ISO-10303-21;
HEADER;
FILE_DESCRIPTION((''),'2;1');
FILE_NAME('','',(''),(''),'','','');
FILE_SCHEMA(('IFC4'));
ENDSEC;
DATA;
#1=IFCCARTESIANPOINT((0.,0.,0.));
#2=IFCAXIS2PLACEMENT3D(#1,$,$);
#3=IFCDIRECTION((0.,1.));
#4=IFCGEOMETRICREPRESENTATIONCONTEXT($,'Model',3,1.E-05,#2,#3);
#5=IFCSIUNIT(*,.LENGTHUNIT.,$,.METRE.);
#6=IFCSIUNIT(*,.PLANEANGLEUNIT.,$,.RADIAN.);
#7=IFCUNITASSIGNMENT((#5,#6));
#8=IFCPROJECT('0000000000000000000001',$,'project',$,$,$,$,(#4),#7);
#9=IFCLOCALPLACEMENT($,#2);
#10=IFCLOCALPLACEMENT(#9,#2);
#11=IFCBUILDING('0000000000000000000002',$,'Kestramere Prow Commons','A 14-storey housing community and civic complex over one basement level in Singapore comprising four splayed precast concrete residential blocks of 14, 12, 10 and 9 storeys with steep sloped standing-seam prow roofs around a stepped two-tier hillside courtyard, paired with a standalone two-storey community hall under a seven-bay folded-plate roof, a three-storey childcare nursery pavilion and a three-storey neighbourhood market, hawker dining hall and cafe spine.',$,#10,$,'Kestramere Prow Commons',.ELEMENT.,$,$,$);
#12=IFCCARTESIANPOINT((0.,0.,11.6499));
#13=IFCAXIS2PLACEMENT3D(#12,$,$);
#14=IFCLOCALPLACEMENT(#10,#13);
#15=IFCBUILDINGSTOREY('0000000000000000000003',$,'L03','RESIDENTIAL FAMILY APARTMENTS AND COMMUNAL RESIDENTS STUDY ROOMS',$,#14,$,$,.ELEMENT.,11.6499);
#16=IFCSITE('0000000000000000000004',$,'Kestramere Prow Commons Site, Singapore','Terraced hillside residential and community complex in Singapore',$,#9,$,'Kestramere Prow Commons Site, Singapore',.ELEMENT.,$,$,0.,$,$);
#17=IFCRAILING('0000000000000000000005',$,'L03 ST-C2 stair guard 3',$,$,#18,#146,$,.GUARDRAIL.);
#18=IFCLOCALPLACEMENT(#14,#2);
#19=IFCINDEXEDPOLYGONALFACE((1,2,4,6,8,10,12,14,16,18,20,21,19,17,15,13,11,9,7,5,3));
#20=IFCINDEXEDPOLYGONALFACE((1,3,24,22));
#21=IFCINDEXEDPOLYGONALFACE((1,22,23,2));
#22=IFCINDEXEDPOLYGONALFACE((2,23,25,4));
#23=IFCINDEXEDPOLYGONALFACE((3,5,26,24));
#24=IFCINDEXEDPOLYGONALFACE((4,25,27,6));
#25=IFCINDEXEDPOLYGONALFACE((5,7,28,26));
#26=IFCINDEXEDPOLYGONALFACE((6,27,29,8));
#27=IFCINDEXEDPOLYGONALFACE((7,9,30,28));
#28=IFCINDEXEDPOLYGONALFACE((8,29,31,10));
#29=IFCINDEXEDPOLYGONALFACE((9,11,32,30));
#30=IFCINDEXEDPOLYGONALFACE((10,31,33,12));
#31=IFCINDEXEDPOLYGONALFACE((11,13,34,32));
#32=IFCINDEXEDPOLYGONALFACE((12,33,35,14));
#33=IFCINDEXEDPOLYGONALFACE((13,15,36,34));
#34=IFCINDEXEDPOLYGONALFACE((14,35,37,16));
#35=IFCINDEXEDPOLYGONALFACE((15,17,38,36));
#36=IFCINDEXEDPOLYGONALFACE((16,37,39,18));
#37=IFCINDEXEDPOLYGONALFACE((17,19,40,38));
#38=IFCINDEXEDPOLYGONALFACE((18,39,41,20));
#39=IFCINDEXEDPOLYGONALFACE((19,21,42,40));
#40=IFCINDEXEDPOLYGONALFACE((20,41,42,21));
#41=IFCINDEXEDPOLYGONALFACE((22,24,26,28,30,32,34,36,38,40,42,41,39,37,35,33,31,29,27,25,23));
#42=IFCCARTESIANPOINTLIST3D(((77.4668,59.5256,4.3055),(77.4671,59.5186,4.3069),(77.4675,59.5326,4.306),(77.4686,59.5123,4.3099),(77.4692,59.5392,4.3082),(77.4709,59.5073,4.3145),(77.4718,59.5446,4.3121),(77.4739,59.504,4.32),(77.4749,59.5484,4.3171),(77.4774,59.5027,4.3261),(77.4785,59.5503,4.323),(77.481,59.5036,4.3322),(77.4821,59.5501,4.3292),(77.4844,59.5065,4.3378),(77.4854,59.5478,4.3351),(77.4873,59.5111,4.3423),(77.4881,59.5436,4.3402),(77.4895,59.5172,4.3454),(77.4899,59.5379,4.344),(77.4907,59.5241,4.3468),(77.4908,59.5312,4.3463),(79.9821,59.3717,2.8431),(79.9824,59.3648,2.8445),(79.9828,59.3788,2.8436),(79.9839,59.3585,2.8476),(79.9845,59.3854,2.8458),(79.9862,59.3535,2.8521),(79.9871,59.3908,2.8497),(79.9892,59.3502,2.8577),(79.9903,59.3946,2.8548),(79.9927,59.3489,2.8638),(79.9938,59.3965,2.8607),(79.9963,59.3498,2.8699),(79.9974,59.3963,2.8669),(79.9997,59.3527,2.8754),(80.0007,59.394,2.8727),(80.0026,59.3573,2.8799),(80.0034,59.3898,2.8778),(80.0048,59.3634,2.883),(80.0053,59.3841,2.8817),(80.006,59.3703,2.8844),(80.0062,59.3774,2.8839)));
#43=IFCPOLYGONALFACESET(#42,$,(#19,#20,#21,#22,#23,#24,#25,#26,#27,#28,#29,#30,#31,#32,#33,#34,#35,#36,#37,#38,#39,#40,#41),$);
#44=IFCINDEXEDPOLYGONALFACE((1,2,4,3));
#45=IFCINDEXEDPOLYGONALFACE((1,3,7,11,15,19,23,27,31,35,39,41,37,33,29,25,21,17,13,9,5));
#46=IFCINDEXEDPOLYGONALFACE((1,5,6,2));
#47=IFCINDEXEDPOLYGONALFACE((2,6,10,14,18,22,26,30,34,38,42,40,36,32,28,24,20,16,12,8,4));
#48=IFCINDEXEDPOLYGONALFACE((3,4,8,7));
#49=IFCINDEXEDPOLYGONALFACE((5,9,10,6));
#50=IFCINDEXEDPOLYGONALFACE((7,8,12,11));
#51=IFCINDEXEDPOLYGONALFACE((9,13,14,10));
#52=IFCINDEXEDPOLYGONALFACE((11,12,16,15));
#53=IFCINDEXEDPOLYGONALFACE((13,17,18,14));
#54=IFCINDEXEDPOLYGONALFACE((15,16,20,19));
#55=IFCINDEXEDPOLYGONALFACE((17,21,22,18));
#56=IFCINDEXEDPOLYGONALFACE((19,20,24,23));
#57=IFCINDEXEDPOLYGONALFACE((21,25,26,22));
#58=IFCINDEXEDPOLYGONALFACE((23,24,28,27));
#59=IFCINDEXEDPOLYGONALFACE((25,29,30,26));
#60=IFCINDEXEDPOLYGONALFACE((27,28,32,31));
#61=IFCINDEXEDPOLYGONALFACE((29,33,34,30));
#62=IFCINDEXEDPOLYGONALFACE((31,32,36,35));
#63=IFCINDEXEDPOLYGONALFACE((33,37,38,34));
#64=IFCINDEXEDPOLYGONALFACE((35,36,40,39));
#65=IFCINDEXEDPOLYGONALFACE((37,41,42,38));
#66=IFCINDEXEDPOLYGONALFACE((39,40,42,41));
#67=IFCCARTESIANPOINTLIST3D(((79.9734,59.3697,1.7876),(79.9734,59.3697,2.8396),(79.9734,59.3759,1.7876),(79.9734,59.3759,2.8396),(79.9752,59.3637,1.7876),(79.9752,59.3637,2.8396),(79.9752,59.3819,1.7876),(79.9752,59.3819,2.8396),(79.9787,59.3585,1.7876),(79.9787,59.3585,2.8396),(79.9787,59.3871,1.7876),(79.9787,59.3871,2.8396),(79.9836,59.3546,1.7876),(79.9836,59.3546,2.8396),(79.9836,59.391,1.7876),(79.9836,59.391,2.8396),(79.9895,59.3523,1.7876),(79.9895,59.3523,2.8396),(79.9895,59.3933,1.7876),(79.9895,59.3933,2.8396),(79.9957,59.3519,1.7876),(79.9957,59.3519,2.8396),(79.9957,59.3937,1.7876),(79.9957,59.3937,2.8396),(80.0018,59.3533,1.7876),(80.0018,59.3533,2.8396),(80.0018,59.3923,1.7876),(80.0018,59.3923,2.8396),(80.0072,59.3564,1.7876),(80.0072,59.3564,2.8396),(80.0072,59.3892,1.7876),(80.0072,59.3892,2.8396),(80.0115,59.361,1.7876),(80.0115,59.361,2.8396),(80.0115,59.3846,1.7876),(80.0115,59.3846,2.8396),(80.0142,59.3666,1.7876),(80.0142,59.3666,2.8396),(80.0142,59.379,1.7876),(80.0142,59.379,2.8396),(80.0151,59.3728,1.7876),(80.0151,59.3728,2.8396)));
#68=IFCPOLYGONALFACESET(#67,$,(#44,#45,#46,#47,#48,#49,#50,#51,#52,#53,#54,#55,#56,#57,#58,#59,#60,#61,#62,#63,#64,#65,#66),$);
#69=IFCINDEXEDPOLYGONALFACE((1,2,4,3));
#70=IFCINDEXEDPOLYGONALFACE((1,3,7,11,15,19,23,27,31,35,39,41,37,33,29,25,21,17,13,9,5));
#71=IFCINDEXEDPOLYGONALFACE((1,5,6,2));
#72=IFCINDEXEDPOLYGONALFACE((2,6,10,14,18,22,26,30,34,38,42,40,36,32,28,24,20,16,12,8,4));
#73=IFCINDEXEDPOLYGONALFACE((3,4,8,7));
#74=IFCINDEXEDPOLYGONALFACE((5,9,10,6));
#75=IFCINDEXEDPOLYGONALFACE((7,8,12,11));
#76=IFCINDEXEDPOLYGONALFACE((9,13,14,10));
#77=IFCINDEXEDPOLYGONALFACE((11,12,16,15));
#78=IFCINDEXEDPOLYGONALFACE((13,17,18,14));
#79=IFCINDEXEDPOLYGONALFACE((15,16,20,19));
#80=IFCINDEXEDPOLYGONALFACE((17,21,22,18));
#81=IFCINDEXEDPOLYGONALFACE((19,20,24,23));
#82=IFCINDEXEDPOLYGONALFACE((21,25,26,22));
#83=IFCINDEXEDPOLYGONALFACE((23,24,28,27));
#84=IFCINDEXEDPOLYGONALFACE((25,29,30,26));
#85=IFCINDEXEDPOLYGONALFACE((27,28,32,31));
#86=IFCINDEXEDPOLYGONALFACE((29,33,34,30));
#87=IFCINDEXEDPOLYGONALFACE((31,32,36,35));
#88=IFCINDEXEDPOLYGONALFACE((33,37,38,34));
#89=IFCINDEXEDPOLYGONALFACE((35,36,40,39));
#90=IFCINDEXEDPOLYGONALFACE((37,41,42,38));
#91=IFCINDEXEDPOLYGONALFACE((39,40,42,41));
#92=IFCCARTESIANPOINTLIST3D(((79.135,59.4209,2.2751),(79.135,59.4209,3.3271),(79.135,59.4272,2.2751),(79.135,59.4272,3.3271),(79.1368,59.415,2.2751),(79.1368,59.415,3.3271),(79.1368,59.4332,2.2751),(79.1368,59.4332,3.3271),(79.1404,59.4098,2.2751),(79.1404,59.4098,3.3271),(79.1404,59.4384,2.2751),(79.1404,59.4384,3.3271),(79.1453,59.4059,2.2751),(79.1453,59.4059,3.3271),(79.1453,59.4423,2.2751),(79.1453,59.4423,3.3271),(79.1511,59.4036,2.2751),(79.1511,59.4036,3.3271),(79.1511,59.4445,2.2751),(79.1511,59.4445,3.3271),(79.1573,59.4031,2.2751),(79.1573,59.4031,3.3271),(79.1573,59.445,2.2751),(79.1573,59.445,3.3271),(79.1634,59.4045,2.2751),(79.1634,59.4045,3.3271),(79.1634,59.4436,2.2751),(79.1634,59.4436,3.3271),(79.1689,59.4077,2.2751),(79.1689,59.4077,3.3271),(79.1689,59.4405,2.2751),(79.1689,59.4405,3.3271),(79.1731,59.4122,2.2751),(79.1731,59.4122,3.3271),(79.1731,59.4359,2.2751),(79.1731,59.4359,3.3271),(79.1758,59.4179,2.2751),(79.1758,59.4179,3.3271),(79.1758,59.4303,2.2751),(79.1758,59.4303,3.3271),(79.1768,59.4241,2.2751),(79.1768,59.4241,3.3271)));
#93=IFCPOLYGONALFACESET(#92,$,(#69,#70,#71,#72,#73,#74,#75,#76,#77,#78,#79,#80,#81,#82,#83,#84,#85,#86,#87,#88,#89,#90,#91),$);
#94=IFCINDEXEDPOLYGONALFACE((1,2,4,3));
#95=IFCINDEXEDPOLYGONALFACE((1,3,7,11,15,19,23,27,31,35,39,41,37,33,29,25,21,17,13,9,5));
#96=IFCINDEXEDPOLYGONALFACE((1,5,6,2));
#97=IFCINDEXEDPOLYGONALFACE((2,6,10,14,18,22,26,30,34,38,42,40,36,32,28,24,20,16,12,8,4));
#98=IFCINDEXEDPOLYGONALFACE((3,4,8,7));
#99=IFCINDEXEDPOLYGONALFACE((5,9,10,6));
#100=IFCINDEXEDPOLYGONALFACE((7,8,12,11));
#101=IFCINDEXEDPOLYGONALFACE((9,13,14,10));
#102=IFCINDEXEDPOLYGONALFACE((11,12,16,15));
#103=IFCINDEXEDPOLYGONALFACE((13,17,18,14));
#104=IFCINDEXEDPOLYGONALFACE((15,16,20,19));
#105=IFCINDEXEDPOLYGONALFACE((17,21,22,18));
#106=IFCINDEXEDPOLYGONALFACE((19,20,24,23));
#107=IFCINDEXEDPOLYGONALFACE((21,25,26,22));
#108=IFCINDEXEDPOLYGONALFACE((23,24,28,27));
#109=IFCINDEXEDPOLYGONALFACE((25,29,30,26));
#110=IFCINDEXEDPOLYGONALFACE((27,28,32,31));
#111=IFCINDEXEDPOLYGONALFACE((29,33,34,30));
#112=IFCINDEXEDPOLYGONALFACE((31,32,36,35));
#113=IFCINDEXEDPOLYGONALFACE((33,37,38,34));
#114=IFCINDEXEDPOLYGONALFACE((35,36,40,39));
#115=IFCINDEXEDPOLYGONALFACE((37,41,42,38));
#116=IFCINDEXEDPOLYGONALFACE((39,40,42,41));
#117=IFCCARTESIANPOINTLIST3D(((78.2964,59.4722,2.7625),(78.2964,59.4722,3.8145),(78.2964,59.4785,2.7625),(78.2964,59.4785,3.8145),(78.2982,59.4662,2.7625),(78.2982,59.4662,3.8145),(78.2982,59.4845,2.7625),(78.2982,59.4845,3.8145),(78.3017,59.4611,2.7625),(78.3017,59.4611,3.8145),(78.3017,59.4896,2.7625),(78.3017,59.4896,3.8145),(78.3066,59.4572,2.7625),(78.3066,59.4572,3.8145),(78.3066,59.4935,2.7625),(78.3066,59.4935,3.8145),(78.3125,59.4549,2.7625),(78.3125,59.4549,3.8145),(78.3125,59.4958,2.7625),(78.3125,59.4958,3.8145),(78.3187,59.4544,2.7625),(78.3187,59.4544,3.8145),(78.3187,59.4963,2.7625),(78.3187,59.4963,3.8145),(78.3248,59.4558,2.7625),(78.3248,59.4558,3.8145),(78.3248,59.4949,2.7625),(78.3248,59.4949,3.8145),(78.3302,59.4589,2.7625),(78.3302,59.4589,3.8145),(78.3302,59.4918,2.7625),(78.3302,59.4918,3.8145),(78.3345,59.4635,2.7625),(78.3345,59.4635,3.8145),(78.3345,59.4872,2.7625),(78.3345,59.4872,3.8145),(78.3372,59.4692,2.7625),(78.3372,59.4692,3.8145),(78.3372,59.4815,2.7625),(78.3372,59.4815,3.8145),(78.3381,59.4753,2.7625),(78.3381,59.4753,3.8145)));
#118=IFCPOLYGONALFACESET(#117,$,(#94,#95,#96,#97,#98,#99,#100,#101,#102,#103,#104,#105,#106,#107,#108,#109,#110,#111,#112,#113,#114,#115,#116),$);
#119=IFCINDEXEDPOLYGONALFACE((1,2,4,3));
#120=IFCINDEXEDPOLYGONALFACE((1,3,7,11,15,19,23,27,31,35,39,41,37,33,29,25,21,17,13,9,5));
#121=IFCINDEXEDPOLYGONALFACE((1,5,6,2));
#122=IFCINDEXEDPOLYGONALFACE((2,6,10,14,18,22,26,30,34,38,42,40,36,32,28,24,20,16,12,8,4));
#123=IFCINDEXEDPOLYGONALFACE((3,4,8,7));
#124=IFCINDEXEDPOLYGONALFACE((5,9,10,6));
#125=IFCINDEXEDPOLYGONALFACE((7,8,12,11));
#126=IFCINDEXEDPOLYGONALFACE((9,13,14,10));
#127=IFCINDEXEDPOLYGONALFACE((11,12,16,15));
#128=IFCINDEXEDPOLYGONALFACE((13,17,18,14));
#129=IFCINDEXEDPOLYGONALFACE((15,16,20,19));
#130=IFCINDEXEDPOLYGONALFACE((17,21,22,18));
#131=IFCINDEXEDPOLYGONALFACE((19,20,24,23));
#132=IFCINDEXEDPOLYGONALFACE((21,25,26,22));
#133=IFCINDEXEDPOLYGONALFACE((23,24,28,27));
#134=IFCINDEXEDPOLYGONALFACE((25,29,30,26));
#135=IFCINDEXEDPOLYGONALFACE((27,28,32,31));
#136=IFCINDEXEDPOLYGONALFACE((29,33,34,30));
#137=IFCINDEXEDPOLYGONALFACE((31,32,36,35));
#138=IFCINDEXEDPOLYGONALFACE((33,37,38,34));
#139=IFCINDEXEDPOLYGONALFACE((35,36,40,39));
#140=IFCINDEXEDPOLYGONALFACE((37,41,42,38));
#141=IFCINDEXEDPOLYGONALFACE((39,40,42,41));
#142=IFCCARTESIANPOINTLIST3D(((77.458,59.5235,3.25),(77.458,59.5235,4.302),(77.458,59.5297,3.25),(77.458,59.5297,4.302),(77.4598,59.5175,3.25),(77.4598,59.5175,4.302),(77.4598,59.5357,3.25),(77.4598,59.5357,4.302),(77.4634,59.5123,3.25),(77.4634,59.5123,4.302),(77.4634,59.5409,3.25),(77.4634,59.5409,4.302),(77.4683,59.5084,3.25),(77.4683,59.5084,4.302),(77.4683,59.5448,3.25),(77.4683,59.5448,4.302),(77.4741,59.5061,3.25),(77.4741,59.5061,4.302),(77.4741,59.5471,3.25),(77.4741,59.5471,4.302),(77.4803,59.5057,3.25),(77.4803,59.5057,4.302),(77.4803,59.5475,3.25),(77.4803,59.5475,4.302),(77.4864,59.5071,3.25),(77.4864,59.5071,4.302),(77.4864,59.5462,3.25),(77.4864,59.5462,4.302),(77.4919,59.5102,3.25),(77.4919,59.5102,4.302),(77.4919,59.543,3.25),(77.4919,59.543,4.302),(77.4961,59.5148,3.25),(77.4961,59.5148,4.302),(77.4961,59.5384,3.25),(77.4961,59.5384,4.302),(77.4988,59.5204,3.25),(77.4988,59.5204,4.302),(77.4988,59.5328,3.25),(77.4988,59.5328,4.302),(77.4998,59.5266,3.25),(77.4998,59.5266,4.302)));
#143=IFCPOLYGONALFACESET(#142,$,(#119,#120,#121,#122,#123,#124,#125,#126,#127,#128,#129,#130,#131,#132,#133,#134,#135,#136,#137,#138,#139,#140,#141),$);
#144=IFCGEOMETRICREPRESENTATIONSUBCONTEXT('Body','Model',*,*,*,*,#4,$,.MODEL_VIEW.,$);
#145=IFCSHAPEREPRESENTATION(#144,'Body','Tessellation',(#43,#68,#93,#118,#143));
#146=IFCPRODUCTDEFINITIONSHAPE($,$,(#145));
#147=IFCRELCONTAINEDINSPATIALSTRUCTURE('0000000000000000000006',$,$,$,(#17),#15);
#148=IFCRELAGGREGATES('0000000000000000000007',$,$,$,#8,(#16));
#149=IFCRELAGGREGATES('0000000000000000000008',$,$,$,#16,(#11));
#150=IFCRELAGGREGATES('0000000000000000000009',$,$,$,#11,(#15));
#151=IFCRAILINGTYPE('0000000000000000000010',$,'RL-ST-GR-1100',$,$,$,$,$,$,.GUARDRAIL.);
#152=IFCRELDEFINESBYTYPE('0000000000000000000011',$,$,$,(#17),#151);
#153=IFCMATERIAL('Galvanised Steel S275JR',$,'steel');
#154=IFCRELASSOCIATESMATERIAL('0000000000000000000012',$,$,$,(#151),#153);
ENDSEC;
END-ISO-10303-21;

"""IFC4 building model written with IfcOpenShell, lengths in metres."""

from ifc_helpers import new_model, si_unit, direction, frame, origin, origin_2d, place, context, subcontext, project, spatial, circle, extrude, material, type_object, element, save


model = new_model("IFC4")

# Units and contexts
model_context = context("Model", 3, precision=1e-05, world=origin(), true_north=direction((0.0, 1.0)))
body_context = subcontext(model_context, "Body", "Model", "MODEL_VIEW")
ifc_project = project(units=[si_unit("LENGTHUNIT", "METRE"), si_unit("PLANEANGLEUNIT", "RADIAN")], contexts=[model_context])

# Site, building, storey
site_placement = place(None, origin())
site = spatial("IfcSite", under=ifc_project, at=site_placement, Name="Kestramere Prow Commons Site, Singapore", Description="Terraced hillside residential and community complex in Singapore", LongName="Kestramere Prow Commons Site, Singapore", CompositionType="ELEMENT", RefElevation=0.0)
building_placement = place(site_placement, origin())
building = spatial("IfcBuilding", under=site, at=building_placement, Name="Kestramere Prow Commons", Description="A 14-storey housing community and civic complex over one basement level in Singapore comprising four splayed precast concrete residential blocks of 14, 12, 10 and 9 storeys with steep sloped standing-seam prow roofs around a stepped two-tier hillside courtyard, paired with a standalone two-storey community hall under a seven-bay folded-plate roof, a three-storey childcare nursery pavilion and a three-storey neighbourhood market, hawker dining hall and cafe spine.", LongName="Kestramere Prow Commons", CompositionType="ELEMENT")
storey_placement = place(building_placement, frame((0.0, 0.0, 11.6499)))
storey = spatial("IfcBuildingStorey", under=building, at=storey_placement, Name="L03", Description="RESIDENTIAL FAMILY APARTMENTS AND COMMUNAL RESIDENTS STUDY ROOMS", CompositionType="ELEMENT", Elevation=11.6499)

# Railing
ifc_material_1 = material(Name="Galvanised Steel S275JR", Category="steel")
railing_type_1 = type_object("IfcRailingType", Name="RL-ST-GR-1100", PredefinedType="GUARDRAIL", material=ifc_material_1)
railing_1_placement = place(storey_placement, frame((79.9941, 59.3728, 1.7876)))
element("IfcRailing", 1, at=railing_1_placement, inside=storey, type_object=railing_type_1, Name="L03 ST-C2 stair guard 3", PredefinedType="GUARDRAIL", context=body_context, shape_type="SweptSolid", body=[
    extrude(circle(Radius=0.0239, at=origin_2d()), frame((0.0, 0.0, 1.0762), z_axis=(-0.863306, 0.052789, 0.501912), x_axis=(-0.061033, -0.998136, 0.0)), (0.0, 0.0, 1.0), 2.9136),
    extrude(circle(Radius=0.021, at=origin_2d()), origin(), (0.0, 0.0, 1.0), 1.052),
    extrude(circle(Radius=0.021, at=origin_2d()), frame((-0.8384, 0.0513, 0.4875)), (0.0, 0.0, 1.0), 1.052),
    extrude(circle(Radius=0.021, at=origin_2d()), frame((-1.677, 0.1025, 0.9749)), (0.0, 0.0, 1.0), 1.052),
    extrude(circle(Radius=0.021, at=origin_2d()), frame((-2.5154, 0.1538, 1.4624)), (0.0, 0.0, 1.0), 1.052),
])

save(model, "model.ifc")
